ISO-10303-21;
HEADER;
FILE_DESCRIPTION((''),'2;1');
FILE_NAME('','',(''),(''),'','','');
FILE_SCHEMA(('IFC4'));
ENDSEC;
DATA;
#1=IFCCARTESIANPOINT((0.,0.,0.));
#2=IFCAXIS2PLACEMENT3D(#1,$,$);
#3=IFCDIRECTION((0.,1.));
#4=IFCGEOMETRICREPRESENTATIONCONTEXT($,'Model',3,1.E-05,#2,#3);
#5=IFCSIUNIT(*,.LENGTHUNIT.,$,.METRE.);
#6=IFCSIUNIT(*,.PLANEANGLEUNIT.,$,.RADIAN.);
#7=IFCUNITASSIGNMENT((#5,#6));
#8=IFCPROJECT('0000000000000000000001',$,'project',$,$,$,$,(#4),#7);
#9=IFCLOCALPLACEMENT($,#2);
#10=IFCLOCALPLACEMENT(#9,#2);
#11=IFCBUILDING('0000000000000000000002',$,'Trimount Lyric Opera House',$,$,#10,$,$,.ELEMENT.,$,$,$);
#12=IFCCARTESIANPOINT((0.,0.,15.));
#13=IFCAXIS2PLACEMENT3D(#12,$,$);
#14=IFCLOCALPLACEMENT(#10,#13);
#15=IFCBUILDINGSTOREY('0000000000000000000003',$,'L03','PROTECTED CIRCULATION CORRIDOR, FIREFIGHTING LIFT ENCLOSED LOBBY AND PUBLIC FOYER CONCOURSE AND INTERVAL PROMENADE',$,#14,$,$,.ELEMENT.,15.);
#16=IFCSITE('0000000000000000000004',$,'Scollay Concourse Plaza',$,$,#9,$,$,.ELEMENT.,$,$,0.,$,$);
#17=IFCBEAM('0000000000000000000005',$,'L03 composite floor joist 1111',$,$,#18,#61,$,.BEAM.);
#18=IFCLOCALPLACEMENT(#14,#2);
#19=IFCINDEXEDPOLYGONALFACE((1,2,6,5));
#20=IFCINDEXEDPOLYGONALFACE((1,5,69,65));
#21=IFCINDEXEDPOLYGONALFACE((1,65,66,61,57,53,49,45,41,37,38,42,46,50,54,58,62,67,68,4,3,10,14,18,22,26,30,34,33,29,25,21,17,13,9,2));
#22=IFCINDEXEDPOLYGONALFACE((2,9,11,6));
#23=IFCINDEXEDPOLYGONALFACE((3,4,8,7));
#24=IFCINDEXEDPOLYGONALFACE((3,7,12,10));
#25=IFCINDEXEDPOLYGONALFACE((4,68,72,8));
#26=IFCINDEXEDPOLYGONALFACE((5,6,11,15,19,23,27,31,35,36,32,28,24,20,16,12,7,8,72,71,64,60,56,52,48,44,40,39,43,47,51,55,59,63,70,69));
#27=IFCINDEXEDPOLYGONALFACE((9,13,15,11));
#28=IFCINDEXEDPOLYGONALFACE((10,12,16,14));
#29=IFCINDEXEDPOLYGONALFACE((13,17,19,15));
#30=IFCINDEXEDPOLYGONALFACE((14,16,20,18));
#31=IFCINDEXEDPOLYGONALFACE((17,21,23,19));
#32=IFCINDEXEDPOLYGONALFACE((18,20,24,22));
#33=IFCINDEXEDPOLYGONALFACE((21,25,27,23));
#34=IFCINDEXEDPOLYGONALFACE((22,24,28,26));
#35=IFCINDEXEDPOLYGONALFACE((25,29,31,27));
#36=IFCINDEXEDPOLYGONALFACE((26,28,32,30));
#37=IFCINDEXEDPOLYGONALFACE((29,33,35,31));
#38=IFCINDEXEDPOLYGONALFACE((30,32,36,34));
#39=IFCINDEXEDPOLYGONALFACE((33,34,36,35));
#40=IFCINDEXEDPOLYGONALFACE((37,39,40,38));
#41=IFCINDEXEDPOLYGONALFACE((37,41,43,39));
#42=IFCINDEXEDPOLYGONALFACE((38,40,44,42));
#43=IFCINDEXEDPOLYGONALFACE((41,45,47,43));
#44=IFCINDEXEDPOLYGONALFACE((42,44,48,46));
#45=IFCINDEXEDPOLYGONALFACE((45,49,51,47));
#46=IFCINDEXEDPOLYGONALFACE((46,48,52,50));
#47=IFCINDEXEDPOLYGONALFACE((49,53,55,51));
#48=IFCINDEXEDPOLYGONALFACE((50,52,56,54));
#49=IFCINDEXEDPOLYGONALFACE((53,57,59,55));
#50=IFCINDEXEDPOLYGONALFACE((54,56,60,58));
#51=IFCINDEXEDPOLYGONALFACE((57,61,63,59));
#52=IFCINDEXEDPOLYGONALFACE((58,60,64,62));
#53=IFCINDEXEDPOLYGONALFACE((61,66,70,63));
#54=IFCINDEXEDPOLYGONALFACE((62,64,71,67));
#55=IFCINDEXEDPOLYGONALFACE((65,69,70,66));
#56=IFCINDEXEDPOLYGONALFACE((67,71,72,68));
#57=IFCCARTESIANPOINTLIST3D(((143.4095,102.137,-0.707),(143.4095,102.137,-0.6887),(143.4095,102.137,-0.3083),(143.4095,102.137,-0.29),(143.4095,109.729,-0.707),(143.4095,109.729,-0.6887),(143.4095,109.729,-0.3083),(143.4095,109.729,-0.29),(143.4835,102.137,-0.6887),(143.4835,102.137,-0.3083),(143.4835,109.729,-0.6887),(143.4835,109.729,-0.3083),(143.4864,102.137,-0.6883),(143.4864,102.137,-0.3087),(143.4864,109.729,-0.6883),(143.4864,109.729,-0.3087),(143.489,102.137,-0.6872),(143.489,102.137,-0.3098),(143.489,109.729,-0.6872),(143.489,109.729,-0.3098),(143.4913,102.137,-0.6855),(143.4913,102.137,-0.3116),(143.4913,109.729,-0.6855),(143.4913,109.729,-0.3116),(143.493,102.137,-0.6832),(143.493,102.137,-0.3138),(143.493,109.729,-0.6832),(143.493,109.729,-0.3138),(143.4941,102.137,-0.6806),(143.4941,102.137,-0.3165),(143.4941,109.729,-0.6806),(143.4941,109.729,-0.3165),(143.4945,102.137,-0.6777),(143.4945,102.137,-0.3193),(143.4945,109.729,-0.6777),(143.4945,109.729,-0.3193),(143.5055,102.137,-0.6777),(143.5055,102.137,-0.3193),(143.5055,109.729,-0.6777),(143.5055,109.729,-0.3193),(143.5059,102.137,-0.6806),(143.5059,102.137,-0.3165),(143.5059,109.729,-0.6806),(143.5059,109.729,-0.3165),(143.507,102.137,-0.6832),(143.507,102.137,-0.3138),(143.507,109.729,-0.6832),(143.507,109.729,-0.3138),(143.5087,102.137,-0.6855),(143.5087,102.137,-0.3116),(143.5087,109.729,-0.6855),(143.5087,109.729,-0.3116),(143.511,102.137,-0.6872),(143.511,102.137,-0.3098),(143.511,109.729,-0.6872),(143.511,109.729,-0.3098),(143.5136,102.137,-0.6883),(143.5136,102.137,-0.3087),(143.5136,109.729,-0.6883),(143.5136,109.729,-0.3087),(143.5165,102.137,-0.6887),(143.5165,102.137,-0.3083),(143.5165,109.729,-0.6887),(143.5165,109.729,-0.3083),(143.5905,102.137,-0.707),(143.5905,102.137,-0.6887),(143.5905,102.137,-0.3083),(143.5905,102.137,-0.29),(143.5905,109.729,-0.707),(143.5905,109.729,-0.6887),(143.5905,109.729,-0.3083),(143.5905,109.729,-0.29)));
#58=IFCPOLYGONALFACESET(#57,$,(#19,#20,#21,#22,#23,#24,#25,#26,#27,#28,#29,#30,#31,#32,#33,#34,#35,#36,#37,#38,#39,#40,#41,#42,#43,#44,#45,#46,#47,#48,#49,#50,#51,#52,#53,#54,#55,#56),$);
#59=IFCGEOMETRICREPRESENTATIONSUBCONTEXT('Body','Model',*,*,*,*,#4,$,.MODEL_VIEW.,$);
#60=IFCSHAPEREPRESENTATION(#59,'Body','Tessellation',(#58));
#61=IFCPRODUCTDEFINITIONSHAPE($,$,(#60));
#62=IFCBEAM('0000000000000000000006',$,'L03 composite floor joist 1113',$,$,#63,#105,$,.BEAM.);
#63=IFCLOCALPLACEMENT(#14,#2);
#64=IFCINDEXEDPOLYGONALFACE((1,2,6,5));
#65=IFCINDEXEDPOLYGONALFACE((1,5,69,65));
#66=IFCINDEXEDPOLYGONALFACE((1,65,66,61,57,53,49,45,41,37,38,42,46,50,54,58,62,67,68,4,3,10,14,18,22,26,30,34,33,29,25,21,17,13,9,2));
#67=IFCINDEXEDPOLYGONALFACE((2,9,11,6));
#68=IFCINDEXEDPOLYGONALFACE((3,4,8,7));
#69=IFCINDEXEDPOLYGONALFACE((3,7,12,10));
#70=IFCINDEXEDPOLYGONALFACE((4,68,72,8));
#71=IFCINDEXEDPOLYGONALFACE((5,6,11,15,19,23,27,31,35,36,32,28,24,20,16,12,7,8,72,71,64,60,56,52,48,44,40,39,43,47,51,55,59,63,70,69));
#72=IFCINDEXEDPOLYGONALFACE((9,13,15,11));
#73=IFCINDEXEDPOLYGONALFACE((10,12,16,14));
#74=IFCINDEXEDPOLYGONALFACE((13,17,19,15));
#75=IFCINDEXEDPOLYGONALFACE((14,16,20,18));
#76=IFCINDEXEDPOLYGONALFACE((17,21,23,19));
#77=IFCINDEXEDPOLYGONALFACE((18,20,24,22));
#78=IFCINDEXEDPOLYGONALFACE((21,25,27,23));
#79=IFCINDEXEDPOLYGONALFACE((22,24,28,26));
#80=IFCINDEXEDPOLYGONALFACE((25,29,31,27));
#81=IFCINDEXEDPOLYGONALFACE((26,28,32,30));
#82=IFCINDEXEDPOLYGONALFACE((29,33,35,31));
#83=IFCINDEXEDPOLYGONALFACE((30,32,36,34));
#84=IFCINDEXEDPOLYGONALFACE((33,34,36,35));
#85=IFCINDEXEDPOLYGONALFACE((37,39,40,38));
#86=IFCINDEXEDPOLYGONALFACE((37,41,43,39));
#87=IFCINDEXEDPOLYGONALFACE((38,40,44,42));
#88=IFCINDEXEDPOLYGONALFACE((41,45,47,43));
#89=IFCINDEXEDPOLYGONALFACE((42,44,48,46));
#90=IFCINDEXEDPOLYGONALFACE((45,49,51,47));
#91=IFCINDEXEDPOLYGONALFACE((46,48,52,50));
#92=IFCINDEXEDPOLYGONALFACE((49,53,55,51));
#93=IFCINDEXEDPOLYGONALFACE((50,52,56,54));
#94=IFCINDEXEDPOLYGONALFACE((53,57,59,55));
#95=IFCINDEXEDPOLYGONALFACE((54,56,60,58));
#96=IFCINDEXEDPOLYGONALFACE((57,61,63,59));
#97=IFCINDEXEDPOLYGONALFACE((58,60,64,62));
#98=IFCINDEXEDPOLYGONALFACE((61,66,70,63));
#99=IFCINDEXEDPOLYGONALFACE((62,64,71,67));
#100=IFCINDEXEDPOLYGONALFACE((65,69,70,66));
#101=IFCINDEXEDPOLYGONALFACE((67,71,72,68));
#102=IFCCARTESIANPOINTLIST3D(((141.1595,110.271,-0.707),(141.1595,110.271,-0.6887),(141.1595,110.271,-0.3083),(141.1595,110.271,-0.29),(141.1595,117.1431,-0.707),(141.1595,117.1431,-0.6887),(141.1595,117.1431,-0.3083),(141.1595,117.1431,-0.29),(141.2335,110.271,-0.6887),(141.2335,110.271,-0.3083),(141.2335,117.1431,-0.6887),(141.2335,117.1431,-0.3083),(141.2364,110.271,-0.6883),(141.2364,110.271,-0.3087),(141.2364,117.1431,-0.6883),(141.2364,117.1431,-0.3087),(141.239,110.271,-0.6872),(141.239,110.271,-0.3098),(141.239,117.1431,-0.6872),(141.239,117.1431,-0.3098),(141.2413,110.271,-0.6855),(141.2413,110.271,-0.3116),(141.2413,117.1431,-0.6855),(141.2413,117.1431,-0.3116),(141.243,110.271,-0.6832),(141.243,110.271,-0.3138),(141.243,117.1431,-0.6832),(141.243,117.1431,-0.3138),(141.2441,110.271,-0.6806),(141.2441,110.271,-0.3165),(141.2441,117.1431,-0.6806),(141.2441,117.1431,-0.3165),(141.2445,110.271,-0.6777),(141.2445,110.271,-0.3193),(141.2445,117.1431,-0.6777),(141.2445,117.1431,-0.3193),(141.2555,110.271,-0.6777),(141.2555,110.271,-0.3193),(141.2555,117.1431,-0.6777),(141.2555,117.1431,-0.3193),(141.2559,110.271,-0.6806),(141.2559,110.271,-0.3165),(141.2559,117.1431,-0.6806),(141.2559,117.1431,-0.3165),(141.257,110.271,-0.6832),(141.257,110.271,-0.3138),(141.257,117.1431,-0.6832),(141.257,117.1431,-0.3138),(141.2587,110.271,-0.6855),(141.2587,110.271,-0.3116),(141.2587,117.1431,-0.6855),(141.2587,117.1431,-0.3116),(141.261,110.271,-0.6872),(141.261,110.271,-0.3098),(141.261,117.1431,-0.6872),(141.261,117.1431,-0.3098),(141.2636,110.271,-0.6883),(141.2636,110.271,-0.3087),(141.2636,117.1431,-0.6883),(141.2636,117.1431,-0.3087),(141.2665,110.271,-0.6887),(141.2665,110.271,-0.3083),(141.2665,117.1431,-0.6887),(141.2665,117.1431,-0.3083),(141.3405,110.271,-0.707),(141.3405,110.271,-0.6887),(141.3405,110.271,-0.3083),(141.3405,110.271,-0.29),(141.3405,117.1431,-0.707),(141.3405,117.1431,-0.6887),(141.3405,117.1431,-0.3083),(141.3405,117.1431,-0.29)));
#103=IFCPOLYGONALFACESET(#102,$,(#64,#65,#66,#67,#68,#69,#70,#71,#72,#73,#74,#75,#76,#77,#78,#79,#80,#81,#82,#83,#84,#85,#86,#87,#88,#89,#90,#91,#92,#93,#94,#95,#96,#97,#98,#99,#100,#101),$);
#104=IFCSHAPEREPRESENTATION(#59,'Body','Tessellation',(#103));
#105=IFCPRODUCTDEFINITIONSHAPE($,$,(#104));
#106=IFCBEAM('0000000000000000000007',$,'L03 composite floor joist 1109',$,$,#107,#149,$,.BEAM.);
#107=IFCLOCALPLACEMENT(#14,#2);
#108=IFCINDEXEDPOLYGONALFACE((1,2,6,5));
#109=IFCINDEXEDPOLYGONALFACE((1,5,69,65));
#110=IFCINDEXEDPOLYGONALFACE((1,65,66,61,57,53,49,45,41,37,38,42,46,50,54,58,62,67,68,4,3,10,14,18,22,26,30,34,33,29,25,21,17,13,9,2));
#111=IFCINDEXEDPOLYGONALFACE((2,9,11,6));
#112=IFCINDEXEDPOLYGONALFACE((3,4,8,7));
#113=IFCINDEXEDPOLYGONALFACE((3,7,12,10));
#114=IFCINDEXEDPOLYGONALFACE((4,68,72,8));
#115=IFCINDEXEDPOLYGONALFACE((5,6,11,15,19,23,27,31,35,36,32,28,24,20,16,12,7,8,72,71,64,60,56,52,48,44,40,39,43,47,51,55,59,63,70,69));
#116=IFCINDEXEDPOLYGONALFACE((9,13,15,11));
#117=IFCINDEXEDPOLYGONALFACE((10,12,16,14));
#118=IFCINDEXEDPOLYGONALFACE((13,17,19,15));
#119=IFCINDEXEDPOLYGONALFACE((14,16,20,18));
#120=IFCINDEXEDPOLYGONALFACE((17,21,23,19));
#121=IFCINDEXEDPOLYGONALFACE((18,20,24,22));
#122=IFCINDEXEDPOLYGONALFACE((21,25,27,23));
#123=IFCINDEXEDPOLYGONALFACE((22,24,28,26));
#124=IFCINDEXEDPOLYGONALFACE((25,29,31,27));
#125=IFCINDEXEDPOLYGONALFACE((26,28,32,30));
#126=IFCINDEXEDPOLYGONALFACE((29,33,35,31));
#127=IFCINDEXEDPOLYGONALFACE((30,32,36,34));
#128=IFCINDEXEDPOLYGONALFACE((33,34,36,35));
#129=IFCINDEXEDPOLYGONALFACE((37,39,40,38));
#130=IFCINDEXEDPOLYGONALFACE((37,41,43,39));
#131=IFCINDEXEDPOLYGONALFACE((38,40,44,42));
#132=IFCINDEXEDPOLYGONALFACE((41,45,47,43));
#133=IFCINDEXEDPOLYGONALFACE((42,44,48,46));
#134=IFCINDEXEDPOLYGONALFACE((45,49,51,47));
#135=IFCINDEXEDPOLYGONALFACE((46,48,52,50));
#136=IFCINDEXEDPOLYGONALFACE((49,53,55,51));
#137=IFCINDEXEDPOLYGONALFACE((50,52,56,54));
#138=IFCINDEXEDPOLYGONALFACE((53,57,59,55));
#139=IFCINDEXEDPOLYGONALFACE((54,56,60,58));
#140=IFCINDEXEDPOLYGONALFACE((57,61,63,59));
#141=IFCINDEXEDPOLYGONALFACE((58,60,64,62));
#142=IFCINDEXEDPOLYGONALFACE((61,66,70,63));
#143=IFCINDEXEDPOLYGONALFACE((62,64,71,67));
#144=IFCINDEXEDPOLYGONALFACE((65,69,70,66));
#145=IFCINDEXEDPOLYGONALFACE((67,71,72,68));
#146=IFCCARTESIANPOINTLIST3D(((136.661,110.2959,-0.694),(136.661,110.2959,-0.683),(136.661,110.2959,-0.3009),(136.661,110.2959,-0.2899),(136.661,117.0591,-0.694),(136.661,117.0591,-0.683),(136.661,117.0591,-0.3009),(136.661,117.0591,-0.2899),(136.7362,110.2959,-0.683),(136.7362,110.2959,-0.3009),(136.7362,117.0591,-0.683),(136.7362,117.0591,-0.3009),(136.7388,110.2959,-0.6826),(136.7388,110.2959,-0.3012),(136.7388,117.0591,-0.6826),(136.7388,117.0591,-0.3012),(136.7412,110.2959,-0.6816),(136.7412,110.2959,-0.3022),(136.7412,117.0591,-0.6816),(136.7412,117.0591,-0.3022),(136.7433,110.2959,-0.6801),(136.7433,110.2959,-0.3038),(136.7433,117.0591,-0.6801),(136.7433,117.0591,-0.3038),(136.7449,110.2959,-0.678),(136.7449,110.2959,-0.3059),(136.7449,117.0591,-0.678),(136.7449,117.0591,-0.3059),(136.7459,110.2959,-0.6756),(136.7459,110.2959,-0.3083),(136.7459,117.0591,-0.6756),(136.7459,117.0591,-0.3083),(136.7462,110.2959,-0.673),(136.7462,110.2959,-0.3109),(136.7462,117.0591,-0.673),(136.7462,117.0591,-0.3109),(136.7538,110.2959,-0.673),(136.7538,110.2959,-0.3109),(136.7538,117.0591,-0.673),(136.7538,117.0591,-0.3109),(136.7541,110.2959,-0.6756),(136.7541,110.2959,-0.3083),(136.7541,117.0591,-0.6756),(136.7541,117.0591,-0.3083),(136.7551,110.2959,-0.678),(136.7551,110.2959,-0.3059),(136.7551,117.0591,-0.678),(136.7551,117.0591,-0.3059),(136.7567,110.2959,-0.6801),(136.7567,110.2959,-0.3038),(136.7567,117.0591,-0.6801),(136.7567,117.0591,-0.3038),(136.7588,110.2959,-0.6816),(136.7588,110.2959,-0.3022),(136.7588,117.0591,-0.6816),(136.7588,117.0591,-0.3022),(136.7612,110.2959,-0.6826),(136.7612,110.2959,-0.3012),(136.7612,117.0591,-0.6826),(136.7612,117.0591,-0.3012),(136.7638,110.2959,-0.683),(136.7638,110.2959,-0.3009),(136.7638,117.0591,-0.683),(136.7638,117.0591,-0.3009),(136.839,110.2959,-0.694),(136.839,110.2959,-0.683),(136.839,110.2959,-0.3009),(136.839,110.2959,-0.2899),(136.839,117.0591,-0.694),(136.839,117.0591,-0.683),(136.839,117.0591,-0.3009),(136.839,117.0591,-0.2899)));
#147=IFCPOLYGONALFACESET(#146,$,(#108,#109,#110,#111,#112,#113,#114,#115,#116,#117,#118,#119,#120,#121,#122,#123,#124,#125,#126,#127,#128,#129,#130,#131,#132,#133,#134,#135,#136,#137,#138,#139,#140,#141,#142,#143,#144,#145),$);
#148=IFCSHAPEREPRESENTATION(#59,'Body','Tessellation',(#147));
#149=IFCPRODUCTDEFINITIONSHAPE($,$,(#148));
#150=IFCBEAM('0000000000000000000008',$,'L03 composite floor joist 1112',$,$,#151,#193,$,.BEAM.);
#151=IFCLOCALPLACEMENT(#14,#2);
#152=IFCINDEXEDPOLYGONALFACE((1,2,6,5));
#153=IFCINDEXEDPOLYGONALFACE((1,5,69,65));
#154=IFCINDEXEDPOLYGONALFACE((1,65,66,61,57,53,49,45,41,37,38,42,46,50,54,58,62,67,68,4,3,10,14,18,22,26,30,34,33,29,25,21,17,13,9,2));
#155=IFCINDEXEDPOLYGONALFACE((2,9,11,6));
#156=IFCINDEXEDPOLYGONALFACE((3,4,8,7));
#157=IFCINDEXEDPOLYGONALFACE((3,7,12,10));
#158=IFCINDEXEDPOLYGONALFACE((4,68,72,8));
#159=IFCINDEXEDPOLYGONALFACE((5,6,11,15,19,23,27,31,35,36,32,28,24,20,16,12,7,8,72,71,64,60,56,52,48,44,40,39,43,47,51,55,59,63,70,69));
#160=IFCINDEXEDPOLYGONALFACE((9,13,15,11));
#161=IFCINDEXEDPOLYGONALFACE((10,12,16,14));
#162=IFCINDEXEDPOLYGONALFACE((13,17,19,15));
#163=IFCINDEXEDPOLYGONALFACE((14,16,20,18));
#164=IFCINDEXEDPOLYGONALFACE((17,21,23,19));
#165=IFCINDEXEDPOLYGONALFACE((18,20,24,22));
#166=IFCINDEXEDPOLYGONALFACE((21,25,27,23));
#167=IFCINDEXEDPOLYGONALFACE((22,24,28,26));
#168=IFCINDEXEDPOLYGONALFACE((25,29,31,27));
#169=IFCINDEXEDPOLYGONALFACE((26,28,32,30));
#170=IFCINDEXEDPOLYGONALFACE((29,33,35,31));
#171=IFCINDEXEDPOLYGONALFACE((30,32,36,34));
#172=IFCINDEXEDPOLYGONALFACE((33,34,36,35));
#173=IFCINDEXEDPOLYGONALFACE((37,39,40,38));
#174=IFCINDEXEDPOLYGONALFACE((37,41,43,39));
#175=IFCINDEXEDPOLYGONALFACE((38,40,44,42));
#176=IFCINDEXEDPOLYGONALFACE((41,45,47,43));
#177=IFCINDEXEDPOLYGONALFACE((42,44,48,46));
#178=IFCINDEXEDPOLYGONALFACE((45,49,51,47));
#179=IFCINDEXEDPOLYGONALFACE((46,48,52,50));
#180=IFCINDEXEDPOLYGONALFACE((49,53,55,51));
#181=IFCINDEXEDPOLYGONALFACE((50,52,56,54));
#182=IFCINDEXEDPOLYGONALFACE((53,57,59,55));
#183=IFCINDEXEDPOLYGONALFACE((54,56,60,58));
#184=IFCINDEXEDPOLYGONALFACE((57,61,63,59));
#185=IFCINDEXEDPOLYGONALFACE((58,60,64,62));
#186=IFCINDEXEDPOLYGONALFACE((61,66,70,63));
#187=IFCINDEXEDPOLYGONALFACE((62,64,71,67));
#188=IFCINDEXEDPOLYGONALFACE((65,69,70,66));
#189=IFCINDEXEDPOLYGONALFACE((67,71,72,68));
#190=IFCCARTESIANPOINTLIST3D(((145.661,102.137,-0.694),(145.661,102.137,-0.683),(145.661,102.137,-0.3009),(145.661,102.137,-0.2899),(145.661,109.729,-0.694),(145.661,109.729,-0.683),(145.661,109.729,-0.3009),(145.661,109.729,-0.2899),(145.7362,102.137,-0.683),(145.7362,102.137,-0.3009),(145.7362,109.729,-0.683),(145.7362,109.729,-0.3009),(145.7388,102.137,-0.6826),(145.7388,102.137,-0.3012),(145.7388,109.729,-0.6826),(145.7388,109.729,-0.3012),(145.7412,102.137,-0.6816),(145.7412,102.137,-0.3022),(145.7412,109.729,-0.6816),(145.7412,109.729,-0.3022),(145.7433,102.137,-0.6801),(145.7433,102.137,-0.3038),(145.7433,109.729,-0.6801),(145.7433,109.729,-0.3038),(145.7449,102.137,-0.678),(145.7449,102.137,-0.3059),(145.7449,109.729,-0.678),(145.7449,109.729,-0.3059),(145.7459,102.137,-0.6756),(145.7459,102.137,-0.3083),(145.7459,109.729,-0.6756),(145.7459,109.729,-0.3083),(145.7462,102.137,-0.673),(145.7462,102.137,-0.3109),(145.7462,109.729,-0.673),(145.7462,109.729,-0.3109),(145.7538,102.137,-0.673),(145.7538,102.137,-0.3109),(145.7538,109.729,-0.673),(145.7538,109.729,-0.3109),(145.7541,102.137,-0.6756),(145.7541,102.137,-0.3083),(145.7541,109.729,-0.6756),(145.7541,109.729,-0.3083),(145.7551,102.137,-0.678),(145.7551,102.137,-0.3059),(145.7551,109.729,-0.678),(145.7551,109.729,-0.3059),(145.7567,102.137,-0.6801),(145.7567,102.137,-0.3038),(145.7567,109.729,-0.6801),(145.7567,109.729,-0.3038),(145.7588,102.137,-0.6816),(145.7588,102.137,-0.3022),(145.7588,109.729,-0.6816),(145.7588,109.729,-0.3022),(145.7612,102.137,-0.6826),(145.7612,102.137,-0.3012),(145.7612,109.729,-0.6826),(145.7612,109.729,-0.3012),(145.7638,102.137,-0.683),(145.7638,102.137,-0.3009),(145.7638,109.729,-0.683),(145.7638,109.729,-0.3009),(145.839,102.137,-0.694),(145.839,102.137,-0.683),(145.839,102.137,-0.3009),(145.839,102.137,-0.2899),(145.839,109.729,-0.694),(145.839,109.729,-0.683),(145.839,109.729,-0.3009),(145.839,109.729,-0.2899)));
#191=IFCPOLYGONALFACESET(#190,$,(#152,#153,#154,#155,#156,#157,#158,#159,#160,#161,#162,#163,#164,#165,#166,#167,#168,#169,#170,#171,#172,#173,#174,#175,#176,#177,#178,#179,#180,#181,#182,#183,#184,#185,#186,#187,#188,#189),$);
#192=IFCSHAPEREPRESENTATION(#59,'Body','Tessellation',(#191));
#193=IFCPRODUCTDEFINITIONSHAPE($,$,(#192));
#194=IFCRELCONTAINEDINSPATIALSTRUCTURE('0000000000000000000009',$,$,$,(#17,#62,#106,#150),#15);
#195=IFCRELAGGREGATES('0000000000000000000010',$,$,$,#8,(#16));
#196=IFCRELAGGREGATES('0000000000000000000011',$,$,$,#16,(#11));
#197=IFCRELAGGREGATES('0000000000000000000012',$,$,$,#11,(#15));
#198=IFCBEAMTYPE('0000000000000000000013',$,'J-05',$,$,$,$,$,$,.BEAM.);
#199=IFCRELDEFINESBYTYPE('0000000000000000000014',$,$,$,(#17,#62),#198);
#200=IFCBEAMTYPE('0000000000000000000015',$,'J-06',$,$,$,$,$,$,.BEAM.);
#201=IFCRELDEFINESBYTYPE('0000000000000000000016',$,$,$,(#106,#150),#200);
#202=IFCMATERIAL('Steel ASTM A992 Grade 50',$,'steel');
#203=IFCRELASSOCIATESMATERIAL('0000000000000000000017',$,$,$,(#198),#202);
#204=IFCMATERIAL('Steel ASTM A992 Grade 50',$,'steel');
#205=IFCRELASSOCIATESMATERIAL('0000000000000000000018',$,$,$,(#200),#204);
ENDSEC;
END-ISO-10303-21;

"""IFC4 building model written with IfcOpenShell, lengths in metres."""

from ifc_helpers import new_model, si_unit, direction, frame, origin, origin_2d, place, context, subcontext, project, spatial, i_section, extrude, material, material_profile, profile_set, type_object, element, save


model = new_model("IFC4")

# Units and contexts
model_context = context("Model", 3, precision=1e-05, world=origin(), true_north=direction((0.0, 1.0)))
body_context = subcontext(model_context, "Body", "Model", "MODEL_VIEW")
ifc_project = project(units=[si_unit("LENGTHUNIT", "METRE"), si_unit("PLANEANGLEUNIT", "RADIAN")], contexts=[model_context])

# Site, building, storey
site_placement = place(None, origin())
site = spatial("IfcSite", under=ifc_project, at=site_placement, Name="Scollay Concourse Plaza", CompositionType="ELEMENT", RefElevation=0.0)
building_placement = place(site_placement, origin())
building = spatial("IfcBuilding", under=site, at=building_placement, Name="Trimount Lyric Opera House", CompositionType="ELEMENT")
storey_placement = place(building_placement, frame((0.0, 0.0, 15.0)))
storey = spatial("IfcBuildingStorey", under=building, at=storey_placement, Name="L03", Description="PROTECTED CIRCULATION CORRIDOR, FIREFIGHTING LIFT ENCLOSED LOBBY AND PUBLIC FOYER CONCOURSE AND INTERVAL PROMENADE", CompositionType="ELEMENT", Elevation=15.0)

# Beams
ifc_material_1 = material(Name="Steel ASTM A992 Grade 50", Category="steel")
ifc_material_profile_1 = material_profile(ifc_material_1, i_section(OverallWidth=0.1809, OverallDepth=0.417, WebThickness=0.011, FlangeThickness=0.0183, FilletRadius=0.011, at=origin_2d()), Name="W16X57")
ifc_profile_set_1 = profile_set([ifc_material_profile_1], Name="Steel ASTM A992 Grade 50")
beam_type_1 = type_object("IfcBeamType", Name="J-05", PredefinedType="BEAM", material=ifc_profile_set_1)
beam_1_placement = place(storey_placement, frame((143.5, 102.137, -0.4985), z_axis=(0.0, 1.0, 0.0), x_axis=(-1.0, 0.0, 0.0)))
element("IfcBeam", 1, at=beam_1_placement, inside=storey, type_object=beam_type_1, Name="L03 composite floor joist 1111", PredefinedType="BEAM", context=body_context, shape_type="SweptSolid", body=[
    extrude(i_section(OverallWidth=0.1809, OverallDepth=0.417, WebThickness=0.011, FlangeThickness=0.0183, FilletRadius=0.011, at=origin_2d()), origin(), (0.0, 0.0, 1.0), 7.592),
])
beam_2_placement = place(storey_placement, frame((141.25, 110.271, -0.4985), z_axis=(0.0, 1.0, 0.0), x_axis=(-1.0, 0.0, 0.0)))
element("IfcBeam", 2, at=beam_2_placement, inside=storey, type_object=beam_type_1, Name="L03 composite floor joist 1113", PredefinedType="BEAM", context=body_context, shape_type="SweptSolid", body=[
    extrude(i_section(OverallWidth=0.1809, OverallDepth=0.417, WebThickness=0.011, FlangeThickness=0.0183, FilletRadius=0.011, at=origin_2d()), origin(), (0.0, 0.0, 1.0), 6.8721),
])
ifc_material_2 = material(Name="Steel ASTM A992 Grade 50", Category="steel")
ifc_material_profile_2 = material_profile(ifc_material_2, i_section(OverallWidth=0.178, OverallDepth=0.4041, WebThickness=0.0076, FlangeThickness=0.011, FilletRadius=0.01, at=origin_2d()), Name="W16X36")
ifc_profile_set_2 = profile_set([ifc_material_profile_2], Name="Steel ASTM A992 Grade 50")
beam_type_2 = type_object("IfcBeamType", Name="J-06", PredefinedType="BEAM", material=ifc_profile_set_2)
beam_3_placement = place(storey_placement, frame((136.75, 110.2959, -0.4919), z_axis=(0.0, 1.0, 0.0), x_axis=(-1.0, 0.0, 0.0)))
element("IfcBeam", 3, at=beam_3_placement, inside=storey, type_object=beam_type_2, Name="L03 composite floor joist 1109", PredefinedType="BEAM", context=body_context, shape_type="SweptSolid", body=[
    extrude(i_section(OverallWidth=0.178, OverallDepth=0.4041, WebThickness=0.0076, FlangeThickness=0.011, FilletRadius=0.01, at=origin_2d()), origin(), (0.0, 0.0, 1.0), 6.7632),
])
beam_4_placement = place(storey_placement, frame((145.75, 102.137, -0.4919), z_axis=(0.0, 1.0, 0.0), x_axis=(-1.0, 0.0, 0.0)))
element("IfcBeam", 4, at=beam_4_placement, inside=storey, type_object=beam_type_2, Name="L03 composite floor joist 1112", PredefinedType="BEAM", context=body_context, shape_type="SweptSolid", body=[
    extrude(i_section(OverallWidth=0.178, OverallDepth=0.4041, WebThickness=0.0076, FlangeThickness=0.011, FilletRadius=0.01, at=origin_2d()), origin(), (0.0, 0.0, 1.0), 7.592),
])

save(model, "model.ifc")
